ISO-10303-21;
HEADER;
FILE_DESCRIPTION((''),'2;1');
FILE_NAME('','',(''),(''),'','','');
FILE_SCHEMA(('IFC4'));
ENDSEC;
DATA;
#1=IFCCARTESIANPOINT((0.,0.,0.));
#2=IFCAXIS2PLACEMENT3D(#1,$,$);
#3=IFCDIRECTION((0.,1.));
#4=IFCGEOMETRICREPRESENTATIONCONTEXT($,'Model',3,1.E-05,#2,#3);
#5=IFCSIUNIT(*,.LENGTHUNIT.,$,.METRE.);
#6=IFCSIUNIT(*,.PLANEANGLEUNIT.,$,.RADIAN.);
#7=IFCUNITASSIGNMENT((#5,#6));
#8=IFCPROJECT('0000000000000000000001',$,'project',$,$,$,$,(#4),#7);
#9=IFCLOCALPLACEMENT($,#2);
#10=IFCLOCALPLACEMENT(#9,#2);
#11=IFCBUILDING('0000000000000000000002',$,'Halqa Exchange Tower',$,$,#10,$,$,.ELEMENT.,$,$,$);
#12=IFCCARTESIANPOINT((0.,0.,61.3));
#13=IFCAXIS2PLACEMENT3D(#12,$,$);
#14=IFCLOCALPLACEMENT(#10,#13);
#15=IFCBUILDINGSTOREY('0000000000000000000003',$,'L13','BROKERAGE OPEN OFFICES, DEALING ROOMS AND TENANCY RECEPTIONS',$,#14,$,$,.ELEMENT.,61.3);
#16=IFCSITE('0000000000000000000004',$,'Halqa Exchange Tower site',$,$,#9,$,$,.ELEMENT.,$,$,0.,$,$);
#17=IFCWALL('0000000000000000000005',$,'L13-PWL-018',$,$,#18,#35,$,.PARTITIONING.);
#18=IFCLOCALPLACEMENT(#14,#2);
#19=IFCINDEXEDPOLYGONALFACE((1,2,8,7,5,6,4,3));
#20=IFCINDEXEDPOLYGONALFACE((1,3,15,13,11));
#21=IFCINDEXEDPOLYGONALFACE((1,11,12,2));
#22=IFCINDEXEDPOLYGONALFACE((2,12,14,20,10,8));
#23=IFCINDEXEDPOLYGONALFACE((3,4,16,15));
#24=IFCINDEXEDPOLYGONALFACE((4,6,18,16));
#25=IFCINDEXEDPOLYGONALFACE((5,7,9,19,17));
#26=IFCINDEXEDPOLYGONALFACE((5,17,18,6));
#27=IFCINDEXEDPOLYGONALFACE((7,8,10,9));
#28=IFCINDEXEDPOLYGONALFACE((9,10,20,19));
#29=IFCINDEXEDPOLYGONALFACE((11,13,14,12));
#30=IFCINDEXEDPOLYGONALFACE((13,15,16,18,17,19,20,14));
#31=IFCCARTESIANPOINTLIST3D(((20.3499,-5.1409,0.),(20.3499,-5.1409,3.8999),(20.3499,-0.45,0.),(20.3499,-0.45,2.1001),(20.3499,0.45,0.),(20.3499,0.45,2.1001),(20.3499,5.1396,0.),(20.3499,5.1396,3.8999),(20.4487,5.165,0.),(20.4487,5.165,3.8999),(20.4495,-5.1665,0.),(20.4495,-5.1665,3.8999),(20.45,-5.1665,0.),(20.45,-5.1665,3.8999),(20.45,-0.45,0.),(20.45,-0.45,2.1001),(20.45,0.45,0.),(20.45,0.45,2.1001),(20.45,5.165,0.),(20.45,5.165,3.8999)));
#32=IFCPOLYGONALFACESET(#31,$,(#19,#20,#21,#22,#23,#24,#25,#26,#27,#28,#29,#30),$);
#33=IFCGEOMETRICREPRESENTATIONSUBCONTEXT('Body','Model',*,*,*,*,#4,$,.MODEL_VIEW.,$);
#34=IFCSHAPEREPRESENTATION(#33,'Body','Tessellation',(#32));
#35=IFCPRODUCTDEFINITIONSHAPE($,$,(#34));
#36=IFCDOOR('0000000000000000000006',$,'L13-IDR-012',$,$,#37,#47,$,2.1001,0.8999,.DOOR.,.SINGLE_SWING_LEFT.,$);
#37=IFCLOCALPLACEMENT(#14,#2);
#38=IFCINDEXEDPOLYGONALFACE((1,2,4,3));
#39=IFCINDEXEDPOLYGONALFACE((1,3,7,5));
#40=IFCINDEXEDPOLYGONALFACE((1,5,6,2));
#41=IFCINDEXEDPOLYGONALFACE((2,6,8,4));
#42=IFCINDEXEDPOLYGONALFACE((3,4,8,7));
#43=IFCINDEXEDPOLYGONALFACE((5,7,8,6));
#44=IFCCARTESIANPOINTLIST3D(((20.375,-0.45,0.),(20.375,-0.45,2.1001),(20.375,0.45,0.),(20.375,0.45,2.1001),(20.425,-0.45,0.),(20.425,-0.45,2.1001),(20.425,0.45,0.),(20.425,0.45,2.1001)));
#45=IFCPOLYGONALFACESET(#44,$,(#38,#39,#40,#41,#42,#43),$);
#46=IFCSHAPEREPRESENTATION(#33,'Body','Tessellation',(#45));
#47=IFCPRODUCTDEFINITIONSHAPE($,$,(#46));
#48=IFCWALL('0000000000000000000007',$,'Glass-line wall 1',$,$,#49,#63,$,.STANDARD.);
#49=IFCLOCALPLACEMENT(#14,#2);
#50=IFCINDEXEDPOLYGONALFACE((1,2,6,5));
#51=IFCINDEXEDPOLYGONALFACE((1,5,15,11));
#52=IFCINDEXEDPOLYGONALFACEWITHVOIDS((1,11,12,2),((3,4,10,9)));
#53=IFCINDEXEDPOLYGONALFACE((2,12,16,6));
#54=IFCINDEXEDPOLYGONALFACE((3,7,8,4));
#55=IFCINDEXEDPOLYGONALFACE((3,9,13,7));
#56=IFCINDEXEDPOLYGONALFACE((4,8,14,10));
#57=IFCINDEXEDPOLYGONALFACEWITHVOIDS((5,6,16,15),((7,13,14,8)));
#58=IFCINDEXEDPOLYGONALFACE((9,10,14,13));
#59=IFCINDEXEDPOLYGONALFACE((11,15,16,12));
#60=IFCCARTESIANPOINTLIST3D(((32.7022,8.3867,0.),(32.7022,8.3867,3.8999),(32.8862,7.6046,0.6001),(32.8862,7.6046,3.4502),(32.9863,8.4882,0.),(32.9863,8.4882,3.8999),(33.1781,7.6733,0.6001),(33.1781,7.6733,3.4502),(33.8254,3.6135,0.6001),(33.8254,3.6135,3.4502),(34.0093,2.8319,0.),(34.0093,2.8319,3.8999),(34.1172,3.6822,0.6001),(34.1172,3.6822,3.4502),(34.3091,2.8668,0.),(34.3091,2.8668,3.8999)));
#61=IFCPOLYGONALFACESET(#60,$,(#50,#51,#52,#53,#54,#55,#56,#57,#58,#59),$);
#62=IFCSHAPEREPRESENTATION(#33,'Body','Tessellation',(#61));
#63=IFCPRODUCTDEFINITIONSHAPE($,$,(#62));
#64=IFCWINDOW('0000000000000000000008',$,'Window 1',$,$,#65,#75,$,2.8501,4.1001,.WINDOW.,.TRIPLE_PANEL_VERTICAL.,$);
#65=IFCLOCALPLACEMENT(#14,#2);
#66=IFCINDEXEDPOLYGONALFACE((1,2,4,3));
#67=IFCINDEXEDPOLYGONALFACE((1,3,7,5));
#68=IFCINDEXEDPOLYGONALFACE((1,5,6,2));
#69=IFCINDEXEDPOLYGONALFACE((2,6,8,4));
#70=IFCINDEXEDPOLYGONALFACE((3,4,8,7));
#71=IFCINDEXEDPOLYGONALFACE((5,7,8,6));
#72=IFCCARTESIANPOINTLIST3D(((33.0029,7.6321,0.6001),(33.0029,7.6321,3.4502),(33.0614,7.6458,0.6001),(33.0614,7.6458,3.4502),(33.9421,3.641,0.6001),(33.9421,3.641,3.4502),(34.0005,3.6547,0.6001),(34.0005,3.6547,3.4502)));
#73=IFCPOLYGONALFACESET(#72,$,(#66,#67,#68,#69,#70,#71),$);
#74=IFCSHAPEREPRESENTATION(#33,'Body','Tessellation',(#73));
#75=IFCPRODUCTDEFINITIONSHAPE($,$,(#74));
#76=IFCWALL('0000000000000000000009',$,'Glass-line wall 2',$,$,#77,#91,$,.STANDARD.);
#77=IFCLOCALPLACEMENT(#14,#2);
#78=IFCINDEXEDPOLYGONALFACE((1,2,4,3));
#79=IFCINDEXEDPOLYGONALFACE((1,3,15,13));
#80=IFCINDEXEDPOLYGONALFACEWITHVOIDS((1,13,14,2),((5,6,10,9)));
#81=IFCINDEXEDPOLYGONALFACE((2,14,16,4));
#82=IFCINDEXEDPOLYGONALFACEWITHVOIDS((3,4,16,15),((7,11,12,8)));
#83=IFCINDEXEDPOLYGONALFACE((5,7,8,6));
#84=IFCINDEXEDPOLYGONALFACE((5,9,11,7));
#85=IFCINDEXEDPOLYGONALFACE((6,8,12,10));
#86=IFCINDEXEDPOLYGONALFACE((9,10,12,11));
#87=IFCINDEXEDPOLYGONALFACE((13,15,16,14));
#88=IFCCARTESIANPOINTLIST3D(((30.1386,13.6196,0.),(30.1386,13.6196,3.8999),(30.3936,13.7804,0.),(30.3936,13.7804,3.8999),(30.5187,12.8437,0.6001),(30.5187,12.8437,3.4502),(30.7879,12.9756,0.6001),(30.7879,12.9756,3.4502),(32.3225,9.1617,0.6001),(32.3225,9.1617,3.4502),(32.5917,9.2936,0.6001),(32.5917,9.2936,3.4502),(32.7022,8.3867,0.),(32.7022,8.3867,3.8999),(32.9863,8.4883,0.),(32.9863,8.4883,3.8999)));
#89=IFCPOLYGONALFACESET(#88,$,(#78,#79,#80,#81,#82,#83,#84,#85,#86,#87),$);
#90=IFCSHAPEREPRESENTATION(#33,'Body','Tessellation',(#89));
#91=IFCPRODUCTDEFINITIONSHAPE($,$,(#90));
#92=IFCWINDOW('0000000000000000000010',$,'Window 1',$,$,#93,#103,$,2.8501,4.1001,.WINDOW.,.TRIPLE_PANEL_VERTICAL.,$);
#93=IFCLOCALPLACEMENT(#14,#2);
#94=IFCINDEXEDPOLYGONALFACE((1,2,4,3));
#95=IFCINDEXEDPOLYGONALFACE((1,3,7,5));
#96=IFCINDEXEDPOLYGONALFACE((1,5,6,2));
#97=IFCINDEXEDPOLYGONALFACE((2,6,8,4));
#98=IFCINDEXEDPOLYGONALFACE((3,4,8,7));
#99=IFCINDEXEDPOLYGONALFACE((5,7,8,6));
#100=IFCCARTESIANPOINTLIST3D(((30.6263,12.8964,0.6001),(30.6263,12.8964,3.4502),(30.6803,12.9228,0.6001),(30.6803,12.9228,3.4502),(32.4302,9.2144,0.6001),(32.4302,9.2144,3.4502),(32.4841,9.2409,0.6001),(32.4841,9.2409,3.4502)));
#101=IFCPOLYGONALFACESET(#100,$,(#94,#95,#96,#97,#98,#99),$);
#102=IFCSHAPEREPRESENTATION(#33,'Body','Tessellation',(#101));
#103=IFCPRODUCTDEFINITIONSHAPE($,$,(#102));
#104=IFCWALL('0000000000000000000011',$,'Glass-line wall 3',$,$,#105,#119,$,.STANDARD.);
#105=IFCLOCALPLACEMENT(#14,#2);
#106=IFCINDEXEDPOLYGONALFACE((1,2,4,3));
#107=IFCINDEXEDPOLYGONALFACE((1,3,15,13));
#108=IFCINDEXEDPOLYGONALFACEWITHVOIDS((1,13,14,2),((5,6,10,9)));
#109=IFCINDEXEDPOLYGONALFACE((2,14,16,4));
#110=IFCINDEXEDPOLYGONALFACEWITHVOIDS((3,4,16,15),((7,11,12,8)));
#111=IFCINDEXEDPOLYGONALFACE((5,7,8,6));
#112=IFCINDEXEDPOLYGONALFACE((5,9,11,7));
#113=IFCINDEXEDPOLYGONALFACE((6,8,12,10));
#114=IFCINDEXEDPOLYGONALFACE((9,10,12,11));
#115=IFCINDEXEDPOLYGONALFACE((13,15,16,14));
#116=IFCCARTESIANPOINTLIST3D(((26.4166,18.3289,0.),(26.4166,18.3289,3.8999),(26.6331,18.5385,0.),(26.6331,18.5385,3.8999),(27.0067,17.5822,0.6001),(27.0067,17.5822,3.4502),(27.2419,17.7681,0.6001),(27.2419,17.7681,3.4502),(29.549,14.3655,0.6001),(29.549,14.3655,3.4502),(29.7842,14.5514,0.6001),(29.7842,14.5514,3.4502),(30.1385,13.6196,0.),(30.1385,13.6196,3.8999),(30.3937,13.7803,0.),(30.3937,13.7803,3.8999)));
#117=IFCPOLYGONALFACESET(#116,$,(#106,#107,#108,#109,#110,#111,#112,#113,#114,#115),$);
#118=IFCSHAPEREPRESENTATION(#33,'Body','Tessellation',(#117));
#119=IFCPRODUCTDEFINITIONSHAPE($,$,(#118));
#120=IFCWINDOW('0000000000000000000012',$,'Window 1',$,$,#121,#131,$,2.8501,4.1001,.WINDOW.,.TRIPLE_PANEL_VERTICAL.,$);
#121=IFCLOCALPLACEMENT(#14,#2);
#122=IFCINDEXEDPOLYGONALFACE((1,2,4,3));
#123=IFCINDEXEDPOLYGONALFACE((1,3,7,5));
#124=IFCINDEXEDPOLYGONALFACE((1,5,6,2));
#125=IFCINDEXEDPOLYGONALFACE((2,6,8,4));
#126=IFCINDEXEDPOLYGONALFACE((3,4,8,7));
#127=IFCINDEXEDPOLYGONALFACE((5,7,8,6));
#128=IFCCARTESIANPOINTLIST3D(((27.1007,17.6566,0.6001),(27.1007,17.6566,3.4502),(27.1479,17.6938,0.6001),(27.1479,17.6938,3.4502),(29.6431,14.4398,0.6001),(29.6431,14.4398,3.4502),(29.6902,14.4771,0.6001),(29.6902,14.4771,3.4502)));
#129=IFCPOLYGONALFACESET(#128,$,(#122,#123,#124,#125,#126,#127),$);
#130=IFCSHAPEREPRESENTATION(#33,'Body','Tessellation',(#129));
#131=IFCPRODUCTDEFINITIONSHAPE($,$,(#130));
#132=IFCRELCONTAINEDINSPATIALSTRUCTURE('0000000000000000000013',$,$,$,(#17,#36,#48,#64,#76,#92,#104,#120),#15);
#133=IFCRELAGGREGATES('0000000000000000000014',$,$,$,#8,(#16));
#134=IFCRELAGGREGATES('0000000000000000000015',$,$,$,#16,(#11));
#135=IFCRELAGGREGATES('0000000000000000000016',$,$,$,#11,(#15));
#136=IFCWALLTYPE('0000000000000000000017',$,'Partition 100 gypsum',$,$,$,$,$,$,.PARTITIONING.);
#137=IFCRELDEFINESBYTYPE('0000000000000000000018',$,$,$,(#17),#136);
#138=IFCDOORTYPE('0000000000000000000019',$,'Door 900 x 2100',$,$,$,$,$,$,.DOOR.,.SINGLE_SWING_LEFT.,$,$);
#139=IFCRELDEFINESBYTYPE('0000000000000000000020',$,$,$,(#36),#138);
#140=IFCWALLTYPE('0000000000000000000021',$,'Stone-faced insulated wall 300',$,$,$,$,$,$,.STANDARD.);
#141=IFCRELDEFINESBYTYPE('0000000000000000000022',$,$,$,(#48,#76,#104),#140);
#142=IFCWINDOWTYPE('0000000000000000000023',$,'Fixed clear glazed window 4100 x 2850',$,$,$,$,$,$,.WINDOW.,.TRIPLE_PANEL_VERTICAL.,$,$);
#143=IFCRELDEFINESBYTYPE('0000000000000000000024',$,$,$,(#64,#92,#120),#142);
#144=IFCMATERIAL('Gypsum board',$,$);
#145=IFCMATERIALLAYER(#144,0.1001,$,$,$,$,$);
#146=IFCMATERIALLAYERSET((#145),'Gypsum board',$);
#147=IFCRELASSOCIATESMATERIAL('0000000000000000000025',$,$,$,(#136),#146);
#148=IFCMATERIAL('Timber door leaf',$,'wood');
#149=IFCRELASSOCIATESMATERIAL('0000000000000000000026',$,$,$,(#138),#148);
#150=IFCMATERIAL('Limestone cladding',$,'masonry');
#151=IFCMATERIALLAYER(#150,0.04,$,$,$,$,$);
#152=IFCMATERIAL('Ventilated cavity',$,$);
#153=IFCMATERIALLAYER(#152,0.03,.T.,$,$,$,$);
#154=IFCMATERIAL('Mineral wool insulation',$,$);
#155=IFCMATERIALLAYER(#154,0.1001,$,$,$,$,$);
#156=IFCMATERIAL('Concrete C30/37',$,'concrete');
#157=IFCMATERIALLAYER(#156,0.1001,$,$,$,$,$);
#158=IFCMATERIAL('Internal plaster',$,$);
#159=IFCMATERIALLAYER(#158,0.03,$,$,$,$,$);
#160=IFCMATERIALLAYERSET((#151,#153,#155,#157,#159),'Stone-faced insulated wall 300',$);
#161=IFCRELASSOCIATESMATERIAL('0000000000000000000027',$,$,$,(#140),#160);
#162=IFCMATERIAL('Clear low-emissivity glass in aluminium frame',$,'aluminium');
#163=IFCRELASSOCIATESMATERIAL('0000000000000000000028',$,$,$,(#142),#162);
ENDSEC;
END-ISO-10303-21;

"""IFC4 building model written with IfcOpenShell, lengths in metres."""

from ifc_helpers import new_model, si_unit, direction, frame, frame_2d, origin, place, context, subcontext, project, spatial, polyline, rectangle, outline, extrude, material, layer, layer_set, type_object, element, fill, save


model = new_model("IFC4")

# Units and contexts
model_context = context("Model", 3, precision=1e-05, world=origin(), true_north=direction((0.0, 1.0)))
body_context = subcontext(model_context, "Body", "Model", "MODEL_VIEW")
ifc_project = project(units=[si_unit("LENGTHUNIT", "METRE"), si_unit("PLANEANGLEUNIT", "RADIAN")], contexts=[model_context])

# Site, building, storey
site_placement = place(None, origin())
site = spatial("IfcSite", under=ifc_project, at=site_placement, Name="Halqa Exchange Tower site", CompositionType="ELEMENT", RefElevation=0.0)
building_placement = place(site_placement, origin())
building = spatial("IfcBuilding", under=site, at=building_placement, Name="Halqa Exchange Tower", CompositionType="ELEMENT")
storey_placement = place(building_placement, frame((0.0, 0.0, 61.3)))
storey = spatial("IfcBuildingStorey", under=building, at=storey_placement, Name="L13", Description="BROKERAGE OPEN OFFICES, DEALING ROOMS AND TENANCY RECEPTIONS", CompositionType="ELEMENT", Elevation=61.3)

# Wall, opening, door
ifc_material_1 = material(Name="Gypsum board")
ifc_layer_1 = layer(ifc_material_1, 0.1001)
ifc_layer_set_1 = layer_set([ifc_layer_1], Name="Gypsum board")
wall_type_1 = type_object("IfcWallType", Name="Partition 100 gypsum", PredefinedType="PARTITIONING", material=ifc_layer_set_1)
wall_1_placement = place(storey_placement, frame((20.3999, 5.165, 0.0), z_axis=(0.0, 0.0, 1.0), x_axis=(0.0, -1.0, 0.0)))
wall_1 = element("IfcWall", 1, at=wall_1_placement, inside=storey, type_object=wall_type_1, Name="L13-PWL-018", PredefinedType="PARTITIONING", context=body_context, shape_type="SweptSolid", body=[
    extrude(outline(polyline([(0.0254, -0.05), (1.7388, -0.05), (3.4521, -0.05), (5.1658, -0.05), (6.8792, -0.05), (8.5925, -0.05), (10.3059, -0.05), (10.3315, 0.0496), (10.3315, 0.05), (8.6096, 0.05), (6.8877, 0.05), (5.1658, 0.05), (3.4438, 0.05), (1.7219, 0.05), (0.0, 0.05), (0.0, 0.0488), (0.0254, -0.05)])), origin(), (0.0, 0.0, 1.0), 3.8999),
])
opening_1_placement = place(wall_1_placement, frame((4.7151, 0.0, 0.0)))
opening_1 = element("IfcOpeningElement", 2, at=opening_1_placement, cuts=wall_1, PredefinedType="OPENING", context=body_context, shape_type="SweptSolid", body=[
    extrude(rectangle(XDim=0.8999, YDim=2.1001, at=frame_2d((0.45, 1.05))), frame((0.0, 0.062, 0.0), z_axis=(0.0, -1.0, 0.0), x_axis=(1.0, 0.0, 0.0)), (0.0, 0.0, 1.0), 0.124),
])
ifc_material_2 = material(Name="Timber door leaf", Category="wood")
door_type = type_object("IfcDoorType", Name="Door 900 x 2100", OperationType="SINGLE_SWING_LEFT", PredefinedType="DOOR", material=ifc_material_2)
door_placement = place(opening_1_placement, frame((0.8999, 0.0, 0.0), z_axis=(0.0, 0.0, 1.0), x_axis=(-1.0, 0.0, 0.0)))
door = element("IfcDoor", 3, at=door_placement, inside=storey, type_object=door_type, Name="L13-IDR-012", OperationType="SINGLE_SWING_LEFT", OverallHeight=2.1001, OverallWidth=0.8999, PredefinedType="DOOR", context=body_context, shape_type="SweptSolid", body=[
    extrude(rectangle(XDim=0.8999, YDim=2.1001, at=frame_2d((0.45, 1.05))), frame((0.0, 0.0249, 0.0), z_axis=(0.0, -1.0, 0.0), x_axis=(1.0, 0.0, 0.0)), (0.0, 0.0, 1.0), 0.05),
])
fill(opening_1, door)

# Walls, openings, windows
ifc_material_3 = material(Name="Limestone cladding", Category="masonry")
ifc_layer_2 = layer(ifc_material_3, 0.04)
ifc_material_4 = material(Name="Ventilated cavity")
ifc_layer_3 = layer(ifc_material_4, 0.03, ventilated=True)
ifc_material_5 = material(Name="Mineral wool insulation")
ifc_layer_4 = layer(ifc_material_5, 0.1001)
ifc_material_6 = material(Name="Concrete C30/37", Category="concrete")
ifc_layer_5 = layer(ifc_material_6, 0.1001)
ifc_material_7 = material(Name="Internal plaster")
ifc_layer_6 = layer(ifc_material_7, 0.03)
ifc_layer_set_2 = layer_set([ifc_layer_2, ifc_layer_3, ifc_layer_4, ifc_layer_5, ifc_layer_6], Name="Stone-faced insulated wall 300")
wall_type_2 = type_object("IfcWallType", Name="Stone-faced insulated wall 300", PredefinedType="STANDARD", material=ifc_layer_set_2)
wall_2_placement = place(storey_placement, frame((34.1592, 2.8494, 0.0), z_axis=(0.0, 0.0, 1.0), x_axis=(-0.229054, 0.973414, 0.0)))
wall_2 = element("IfcWall", 4, at=wall_2_placement, inside=storey, type_object=wall_type_2, Name="Glass-line wall 1", PredefinedType="STANDARD", context=body_context, shape_type="SweptSolid", body=[
    extrude(outline(polyline([(-0.0173, -0.1499), (5.7576, -0.1499), (5.7239, 0.1499), (0.0173, 0.1499), (-0.0173, -0.1499)])), origin(), (0.0, 0.0, 1.0), 3.8999),
])
opening_2_placement = place(wall_2_placement, frame((0.8203, 0.0, 0.6001)))
opening_2 = element("IfcOpeningElement", 5, at=opening_2_placement, cuts=wall_2, PredefinedType="OPENING", context=body_context, shape_type="SweptSolid", body=[
    extrude(rectangle(XDim=4.1001, YDim=2.8501, at=frame_2d((2.05, 1.425))), frame((0.0, 0.1621, 0.0), z_axis=(0.0, -1.0, 0.0), x_axis=(1.0, 0.0, 0.0)), (0.0, 0.0, 1.0), 0.324),
])
ifc_material_8 = material(Name="Clear low-emissivity glass in aluminium frame", Category="aluminium")
window_type = type_object("IfcWindowType", Name="Fixed clear glazed window 4100 x 2850", PartitioningType="TRIPLE_PANEL_VERTICAL", PredefinedType="WINDOW", material=ifc_material_8)
window_1_placement = place(opening_2_placement, origin())
window_1 = element("IfcWindow", 6, at=window_1_placement, inside=storey, type_object=window_type, Name="Window 1", OverallHeight=2.8501, OverallWidth=4.1001, PartitioningType="TRIPLE_PANEL_VERTICAL", PredefinedType="WINDOW", context=body_context, shape_type="SweptSolid", body=[
    extrude(rectangle(XDim=4.1001, YDim=2.8501, at=frame_2d((2.05, 1.425))), frame((0.0, 0.03, 0.0), z_axis=(0.0, -1.0, 0.0), x_axis=(1.0, 0.0, 0.0)), (0.0, 0.0, 1.0), 0.0601),
])
fill(opening_2, window_1)
wall_3_placement = place(storey_placement, frame((32.8442, 8.4375, 0.0), z_axis=(0.0, 0.0, 1.0), x_axis=(-0.43995, 0.898022, 0.0)))
wall_3 = element("IfcWall", 7, at=wall_3_placement, inside=storey, type_object=wall_type_2, Name="Glass-line wall 2", PredefinedType="STANDARD", context=body_context, shape_type="SweptSolid", body=[
    extrude(outline(polyline([(-0.0168, -0.1499), (5.8762, -0.1499), (5.844, 0.1499), (0.0168, 0.1499), (-0.0168, -0.1499)])), origin(), (0.0, 0.0, 1.0), 3.8999),
])
opening_3_placement = place(wall_3_placement, frame((0.8799, 0.0, 0.6001)))
opening_3 = element("IfcOpeningElement", 8, at=opening_3_placement, cuts=wall_3, PredefinedType="OPENING", context=body_context, shape_type="SweptSolid", body=[
    extrude(rectangle(XDim=4.1001, YDim=2.8501, at=frame_2d((2.05, 1.425))), frame((0.0, 0.1621, 0.0), z_axis=(0.0, -1.0, 0.0), x_axis=(1.0, 0.0, 0.0)), (0.0, 0.0, 1.0), 0.324),
])
window_2_placement = place(opening_3_placement, origin())
window_2 = element("IfcWindow", 9, at=window_2_placement, inside=storey, type_object=window_type, Name="Window 1", OverallHeight=2.8501, OverallWidth=4.1001, PartitioningType="TRIPLE_PANEL_VERTICAL", PredefinedType="WINDOW", context=body_context, shape_type="SweptSolid", body=[
    extrude(rectangle(XDim=4.1001, YDim=2.8501, at=frame_2d((2.05, 1.425))), frame((0.0, 0.03, 0.0), z_axis=(0.0, -1.0, 0.0), x_axis=(1.0, 0.0, 0.0)), (0.0, 0.0, 1.0), 0.0601),
])
fill(opening_3, window_2)
wall_4_placement = place(storey_placement, frame((30.2661, 13.7, 0.0), z_axis=(0.0, 0.0, 1.0), x_axis=(-0.620065, 0.78455, 0.0)))
wall_4 = element("IfcWall", 10, at=wall_4_placement, inside=storey, type_object=wall_type_2, Name="Glass-line wall 3", PredefinedType="STANDARD", context=body_context, shape_type="SweptSolid", body=[
    extrude(outline(polyline([(-0.0161, -0.1499), (6.0488, -0.1499), (6.0186, 0.1499), (0.0161, 0.1499), (-0.0161, -0.1499)])), origin(), (0.0, 0.0, 1.0), 3.8999),
])
opening_4_placement = place(wall_4_placement, frame((0.9668, 0.0, 0.6001)))
opening_4 = element("IfcOpeningElement", 11, at=opening_4_placement, cuts=wall_4, PredefinedType="OPENING", context=body_context, shape_type="SweptSolid", body=[
    extrude(rectangle(XDim=4.1001, YDim=2.8501, at=frame_2d((2.05, 1.425))), frame((0.0, 0.1621, 0.0), z_axis=(0.0, -1.0, 0.0), x_axis=(1.0, 0.0, 0.0)), (0.0, 0.0, 1.0), 0.324),
])
window_3_placement = place(opening_4_placement, origin())
window_3 = element("IfcWindow", 12, at=window_3_placement, inside=storey, type_object=window_type, Name="Window 1", OverallHeight=2.8501, OverallWidth=4.1001, PartitioningType="TRIPLE_PANEL_VERTICAL", PredefinedType="WINDOW", context=body_context, shape_type="SweptSolid", body=[
    extrude(rectangle(XDim=4.1001, YDim=2.8501, at=frame_2d((2.05, 1.425))), frame((0.0, 0.03, 0.0), z_axis=(0.0, -1.0, 0.0), x_axis=(1.0, 0.0, 0.0)), (0.0, 0.0, 1.0), 0.0601),
])
fill(opening_4, window_3)

save(model, "model.ifc")
